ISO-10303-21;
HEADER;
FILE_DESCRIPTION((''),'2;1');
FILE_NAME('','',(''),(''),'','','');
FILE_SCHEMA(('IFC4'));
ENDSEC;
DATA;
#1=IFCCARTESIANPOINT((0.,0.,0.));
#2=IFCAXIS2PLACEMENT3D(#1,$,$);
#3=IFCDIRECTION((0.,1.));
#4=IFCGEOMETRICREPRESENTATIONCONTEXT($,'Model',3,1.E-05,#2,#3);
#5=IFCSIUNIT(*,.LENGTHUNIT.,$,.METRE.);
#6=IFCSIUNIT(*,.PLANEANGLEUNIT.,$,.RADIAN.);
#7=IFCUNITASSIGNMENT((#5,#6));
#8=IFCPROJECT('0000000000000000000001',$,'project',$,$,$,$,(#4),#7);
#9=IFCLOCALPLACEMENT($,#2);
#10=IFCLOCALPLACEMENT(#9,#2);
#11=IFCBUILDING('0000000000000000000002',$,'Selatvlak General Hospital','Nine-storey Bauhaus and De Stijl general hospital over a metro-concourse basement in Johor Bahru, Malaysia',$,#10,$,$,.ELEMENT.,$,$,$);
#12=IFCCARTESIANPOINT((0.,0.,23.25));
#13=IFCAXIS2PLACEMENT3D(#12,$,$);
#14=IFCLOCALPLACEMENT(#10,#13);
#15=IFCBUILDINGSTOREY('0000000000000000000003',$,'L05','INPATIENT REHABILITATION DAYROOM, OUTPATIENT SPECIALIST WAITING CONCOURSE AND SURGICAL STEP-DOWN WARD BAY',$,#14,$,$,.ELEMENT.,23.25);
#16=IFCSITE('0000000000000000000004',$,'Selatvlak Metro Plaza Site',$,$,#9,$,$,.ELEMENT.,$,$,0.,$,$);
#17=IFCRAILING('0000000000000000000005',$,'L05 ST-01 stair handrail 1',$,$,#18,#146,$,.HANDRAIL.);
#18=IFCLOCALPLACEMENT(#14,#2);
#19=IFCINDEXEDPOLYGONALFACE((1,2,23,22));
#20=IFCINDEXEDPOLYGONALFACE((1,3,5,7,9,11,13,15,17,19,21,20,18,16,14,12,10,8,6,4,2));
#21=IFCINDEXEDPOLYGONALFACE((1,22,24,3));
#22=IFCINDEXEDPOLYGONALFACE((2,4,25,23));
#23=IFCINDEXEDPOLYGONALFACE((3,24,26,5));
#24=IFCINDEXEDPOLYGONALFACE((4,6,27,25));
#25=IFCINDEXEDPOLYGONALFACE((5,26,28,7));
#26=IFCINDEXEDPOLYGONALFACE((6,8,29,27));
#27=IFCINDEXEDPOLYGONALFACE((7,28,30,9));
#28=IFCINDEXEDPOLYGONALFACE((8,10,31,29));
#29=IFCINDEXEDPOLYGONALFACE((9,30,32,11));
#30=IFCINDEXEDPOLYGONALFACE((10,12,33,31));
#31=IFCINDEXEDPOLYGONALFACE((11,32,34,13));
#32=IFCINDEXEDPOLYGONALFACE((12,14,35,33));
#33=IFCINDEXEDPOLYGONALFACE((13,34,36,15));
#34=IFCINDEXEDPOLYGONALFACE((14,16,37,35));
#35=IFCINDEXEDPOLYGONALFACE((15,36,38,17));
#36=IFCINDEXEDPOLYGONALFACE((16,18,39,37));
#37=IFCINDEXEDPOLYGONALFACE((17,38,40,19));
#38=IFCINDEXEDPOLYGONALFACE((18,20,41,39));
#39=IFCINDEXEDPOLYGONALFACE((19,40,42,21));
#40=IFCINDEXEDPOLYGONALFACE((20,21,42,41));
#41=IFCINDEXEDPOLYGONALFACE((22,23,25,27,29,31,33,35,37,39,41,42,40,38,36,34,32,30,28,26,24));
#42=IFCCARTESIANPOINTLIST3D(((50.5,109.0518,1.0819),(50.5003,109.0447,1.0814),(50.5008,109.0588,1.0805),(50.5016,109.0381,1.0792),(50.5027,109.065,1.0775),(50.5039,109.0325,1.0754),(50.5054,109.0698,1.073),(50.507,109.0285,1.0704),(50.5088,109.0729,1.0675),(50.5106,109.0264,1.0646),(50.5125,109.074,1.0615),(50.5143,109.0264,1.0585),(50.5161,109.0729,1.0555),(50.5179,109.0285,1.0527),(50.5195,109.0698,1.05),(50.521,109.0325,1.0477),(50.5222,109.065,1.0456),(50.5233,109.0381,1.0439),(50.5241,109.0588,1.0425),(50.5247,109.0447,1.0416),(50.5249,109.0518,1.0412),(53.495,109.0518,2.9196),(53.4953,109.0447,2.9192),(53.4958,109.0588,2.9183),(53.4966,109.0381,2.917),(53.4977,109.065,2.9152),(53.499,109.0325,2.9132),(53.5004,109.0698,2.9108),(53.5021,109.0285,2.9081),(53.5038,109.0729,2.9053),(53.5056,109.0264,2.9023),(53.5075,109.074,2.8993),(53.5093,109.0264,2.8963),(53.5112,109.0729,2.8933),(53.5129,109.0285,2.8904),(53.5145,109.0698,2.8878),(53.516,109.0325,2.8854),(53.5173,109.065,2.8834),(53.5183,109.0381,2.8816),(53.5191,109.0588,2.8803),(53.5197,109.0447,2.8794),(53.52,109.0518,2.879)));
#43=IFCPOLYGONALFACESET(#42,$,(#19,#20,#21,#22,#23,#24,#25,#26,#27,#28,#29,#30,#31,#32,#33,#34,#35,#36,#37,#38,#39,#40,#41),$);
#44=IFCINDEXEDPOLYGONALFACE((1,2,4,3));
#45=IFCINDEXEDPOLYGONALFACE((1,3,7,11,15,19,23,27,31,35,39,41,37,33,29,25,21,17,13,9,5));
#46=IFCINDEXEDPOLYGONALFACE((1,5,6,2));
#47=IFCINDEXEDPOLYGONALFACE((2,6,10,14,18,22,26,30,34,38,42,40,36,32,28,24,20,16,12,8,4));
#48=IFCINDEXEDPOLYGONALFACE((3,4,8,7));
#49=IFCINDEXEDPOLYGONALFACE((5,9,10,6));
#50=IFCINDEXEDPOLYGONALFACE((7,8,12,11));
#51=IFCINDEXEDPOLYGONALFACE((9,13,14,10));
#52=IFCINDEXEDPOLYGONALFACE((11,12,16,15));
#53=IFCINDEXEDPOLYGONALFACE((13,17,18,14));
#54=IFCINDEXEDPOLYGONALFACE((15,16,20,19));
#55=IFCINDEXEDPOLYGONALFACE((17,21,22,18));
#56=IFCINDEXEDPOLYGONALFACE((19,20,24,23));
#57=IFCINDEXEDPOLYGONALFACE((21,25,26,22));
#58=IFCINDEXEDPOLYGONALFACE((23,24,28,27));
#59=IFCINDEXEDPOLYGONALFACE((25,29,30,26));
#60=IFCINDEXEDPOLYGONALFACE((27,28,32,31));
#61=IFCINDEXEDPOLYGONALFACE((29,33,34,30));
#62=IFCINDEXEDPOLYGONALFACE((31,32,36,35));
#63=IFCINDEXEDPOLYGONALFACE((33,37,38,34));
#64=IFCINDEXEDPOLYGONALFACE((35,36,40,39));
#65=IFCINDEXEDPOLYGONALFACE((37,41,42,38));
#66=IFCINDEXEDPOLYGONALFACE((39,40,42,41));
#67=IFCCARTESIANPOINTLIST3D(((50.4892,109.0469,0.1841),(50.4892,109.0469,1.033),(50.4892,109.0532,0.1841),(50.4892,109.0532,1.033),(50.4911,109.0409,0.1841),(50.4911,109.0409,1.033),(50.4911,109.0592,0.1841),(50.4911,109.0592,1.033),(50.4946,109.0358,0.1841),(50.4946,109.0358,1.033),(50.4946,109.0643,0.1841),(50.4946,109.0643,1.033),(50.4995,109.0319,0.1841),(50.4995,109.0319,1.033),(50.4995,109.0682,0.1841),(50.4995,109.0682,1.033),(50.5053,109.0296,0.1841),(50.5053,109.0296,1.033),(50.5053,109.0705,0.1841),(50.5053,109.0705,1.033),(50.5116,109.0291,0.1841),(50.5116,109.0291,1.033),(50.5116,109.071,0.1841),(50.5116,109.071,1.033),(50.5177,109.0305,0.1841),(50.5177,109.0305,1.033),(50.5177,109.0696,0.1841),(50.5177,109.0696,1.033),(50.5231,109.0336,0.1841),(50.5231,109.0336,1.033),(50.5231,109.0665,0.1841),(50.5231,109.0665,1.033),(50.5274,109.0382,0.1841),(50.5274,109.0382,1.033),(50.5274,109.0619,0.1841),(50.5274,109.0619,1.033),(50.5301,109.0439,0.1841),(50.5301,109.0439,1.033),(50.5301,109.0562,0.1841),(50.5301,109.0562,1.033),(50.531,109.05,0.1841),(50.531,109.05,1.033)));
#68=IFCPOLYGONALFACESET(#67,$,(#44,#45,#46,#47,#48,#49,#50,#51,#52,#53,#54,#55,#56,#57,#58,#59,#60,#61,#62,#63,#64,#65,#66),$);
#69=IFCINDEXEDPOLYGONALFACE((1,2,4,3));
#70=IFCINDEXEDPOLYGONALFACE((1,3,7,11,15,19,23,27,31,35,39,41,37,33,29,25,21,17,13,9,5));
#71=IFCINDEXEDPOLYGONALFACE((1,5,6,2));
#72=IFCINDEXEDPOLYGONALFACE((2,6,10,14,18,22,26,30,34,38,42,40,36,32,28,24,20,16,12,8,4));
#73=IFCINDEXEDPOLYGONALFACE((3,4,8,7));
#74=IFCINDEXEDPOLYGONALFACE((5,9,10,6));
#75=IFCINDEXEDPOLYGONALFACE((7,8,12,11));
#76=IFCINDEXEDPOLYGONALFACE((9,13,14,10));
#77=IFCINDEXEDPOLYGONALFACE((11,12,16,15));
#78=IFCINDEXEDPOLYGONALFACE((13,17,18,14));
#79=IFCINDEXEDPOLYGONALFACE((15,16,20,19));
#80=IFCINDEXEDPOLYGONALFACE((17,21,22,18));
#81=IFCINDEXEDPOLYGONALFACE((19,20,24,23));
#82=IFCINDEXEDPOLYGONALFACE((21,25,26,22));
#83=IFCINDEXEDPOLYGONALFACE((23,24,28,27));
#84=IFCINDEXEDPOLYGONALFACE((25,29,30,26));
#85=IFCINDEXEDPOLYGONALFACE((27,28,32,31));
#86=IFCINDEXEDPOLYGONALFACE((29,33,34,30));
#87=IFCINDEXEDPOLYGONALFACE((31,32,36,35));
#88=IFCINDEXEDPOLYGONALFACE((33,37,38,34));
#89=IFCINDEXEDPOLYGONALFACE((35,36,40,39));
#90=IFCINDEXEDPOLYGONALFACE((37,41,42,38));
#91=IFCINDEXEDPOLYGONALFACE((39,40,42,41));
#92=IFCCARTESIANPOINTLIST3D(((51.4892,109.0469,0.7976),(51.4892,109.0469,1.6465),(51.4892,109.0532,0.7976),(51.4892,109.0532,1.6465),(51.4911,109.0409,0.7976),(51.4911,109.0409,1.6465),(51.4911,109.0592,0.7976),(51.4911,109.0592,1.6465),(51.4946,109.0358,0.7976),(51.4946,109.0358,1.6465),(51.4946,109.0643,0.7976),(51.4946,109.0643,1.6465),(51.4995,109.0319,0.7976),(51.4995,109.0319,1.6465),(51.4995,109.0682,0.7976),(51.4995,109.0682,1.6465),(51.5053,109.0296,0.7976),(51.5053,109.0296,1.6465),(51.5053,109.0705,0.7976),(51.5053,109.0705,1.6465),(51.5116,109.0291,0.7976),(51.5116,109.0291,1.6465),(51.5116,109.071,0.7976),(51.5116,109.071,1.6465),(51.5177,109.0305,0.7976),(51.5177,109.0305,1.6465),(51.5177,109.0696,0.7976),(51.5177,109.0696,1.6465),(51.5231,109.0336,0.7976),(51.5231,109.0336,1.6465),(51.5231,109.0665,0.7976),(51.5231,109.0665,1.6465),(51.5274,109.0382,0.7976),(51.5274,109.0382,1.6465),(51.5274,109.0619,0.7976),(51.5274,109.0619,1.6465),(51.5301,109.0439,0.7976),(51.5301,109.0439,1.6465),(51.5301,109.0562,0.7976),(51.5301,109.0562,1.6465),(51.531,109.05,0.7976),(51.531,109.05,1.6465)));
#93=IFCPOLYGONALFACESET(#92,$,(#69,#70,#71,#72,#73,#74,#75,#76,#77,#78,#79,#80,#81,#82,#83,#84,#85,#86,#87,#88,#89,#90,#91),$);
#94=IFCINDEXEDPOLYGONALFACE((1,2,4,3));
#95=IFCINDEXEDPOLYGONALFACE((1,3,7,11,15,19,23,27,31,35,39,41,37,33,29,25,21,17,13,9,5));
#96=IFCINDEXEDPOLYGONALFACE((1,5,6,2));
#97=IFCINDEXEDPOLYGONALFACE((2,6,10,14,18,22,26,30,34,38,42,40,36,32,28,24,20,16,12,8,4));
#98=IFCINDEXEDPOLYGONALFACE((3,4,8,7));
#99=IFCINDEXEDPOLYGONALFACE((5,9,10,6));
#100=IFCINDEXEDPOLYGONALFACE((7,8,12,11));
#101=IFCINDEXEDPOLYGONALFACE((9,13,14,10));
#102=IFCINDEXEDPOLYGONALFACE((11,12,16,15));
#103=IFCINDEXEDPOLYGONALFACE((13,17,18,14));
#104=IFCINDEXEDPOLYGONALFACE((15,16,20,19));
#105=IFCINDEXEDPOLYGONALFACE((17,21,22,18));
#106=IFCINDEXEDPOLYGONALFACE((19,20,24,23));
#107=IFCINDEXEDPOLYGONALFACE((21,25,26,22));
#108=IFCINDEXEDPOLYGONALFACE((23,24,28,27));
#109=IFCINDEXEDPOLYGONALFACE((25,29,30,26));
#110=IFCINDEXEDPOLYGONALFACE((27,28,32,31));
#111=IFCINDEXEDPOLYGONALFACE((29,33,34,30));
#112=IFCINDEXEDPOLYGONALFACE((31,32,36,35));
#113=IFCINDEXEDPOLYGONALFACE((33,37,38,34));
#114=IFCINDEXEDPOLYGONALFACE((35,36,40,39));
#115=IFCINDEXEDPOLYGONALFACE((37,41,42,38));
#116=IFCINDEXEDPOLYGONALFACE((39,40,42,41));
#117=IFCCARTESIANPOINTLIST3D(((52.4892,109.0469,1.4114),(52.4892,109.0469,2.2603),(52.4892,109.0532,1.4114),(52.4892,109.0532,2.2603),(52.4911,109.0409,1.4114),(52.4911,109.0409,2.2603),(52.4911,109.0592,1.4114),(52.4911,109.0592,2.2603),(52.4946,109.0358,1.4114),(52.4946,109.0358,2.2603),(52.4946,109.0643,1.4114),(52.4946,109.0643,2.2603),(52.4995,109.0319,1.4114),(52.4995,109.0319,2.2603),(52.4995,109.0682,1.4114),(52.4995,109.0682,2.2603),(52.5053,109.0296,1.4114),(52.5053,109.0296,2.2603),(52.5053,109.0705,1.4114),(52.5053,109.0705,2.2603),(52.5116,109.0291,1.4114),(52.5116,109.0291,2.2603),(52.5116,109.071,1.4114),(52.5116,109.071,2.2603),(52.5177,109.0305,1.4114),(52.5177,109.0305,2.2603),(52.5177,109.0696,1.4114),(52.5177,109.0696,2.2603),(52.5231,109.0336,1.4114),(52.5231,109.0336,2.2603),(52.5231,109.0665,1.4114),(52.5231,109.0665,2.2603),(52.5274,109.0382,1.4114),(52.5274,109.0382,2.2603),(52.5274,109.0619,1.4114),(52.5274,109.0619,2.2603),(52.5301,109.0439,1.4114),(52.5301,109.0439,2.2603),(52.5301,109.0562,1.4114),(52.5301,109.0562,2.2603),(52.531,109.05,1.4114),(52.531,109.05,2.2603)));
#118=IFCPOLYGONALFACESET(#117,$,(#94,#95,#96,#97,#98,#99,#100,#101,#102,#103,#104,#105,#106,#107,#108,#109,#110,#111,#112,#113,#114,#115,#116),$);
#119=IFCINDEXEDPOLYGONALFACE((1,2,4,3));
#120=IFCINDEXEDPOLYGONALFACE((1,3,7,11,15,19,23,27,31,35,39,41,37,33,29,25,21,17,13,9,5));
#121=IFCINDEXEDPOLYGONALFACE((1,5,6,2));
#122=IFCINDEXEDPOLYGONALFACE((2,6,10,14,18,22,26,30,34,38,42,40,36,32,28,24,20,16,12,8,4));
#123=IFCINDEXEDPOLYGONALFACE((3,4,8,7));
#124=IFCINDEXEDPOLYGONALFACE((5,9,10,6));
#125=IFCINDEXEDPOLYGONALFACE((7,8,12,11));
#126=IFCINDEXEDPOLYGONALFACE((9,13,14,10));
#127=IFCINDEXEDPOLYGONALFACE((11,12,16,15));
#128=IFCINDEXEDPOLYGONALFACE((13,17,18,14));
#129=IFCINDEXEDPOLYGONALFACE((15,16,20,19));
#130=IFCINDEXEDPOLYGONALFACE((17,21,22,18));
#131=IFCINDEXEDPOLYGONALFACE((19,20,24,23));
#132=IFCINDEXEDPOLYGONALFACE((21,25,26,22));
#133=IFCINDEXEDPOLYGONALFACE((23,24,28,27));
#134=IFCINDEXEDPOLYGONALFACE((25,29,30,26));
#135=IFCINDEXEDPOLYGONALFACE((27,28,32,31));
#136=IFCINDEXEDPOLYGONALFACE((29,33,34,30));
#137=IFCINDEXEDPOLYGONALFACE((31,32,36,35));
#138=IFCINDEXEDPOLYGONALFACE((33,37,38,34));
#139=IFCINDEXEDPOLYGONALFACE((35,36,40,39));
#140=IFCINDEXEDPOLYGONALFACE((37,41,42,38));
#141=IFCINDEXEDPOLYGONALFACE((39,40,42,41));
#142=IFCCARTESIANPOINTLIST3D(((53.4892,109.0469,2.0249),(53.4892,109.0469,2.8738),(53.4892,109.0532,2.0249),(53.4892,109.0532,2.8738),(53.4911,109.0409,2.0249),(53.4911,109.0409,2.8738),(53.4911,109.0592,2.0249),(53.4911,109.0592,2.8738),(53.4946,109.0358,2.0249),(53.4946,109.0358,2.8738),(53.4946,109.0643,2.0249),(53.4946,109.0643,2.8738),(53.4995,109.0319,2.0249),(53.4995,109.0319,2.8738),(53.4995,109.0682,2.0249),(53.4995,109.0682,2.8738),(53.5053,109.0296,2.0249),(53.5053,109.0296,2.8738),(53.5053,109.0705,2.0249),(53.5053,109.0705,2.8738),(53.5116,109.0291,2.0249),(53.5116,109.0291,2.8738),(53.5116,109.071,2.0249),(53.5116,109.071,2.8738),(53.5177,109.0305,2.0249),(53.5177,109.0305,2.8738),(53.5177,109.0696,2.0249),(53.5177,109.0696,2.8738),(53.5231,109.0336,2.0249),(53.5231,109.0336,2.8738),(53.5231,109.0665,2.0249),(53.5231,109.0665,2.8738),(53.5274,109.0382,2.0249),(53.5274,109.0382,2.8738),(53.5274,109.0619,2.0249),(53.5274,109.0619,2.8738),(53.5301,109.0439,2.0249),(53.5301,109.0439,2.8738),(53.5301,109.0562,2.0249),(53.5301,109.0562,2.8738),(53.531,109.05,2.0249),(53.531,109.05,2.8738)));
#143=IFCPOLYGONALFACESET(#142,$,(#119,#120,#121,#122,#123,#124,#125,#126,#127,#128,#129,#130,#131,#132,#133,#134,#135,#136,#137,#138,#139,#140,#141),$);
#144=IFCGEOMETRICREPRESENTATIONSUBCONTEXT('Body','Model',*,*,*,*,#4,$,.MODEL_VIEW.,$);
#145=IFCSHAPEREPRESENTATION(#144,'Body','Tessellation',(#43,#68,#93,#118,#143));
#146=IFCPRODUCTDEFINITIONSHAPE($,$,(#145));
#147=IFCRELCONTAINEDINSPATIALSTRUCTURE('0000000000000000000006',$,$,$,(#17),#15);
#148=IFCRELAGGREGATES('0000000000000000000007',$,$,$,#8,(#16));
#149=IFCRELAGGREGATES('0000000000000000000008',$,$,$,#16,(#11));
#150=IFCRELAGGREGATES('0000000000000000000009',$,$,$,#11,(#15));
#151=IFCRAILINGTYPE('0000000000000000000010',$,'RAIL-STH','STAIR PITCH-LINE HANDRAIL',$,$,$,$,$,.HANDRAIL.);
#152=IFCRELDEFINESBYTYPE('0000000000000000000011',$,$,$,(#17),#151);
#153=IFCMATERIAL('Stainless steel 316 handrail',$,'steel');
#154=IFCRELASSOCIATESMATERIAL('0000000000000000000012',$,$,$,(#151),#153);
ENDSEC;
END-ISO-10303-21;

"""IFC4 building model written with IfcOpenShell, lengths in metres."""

from ifc_helpers import new_model, si_unit, direction, frame, origin, origin_2d, place, context, subcontext, project, spatial, circle, extrude, material, type_object, element, save


model = new_model("IFC4")

# Units and contexts
model_context = context("Model", 3, precision=1e-05, world=origin(), true_north=direction((0.0, 1.0)))
body_context = subcontext(model_context, "Body", "Model", "MODEL_VIEW")
ifc_project = project(units=[si_unit("LENGTHUNIT", "METRE"), si_unit("PLANEANGLEUNIT", "RADIAN")], contexts=[model_context])

# Site, building, storey
site_placement = place(None, origin())
site = spatial("IfcSite", under=ifc_project, at=site_placement, Name="Selatvlak Metro Plaza Site", CompositionType="ELEMENT", RefElevation=0.0)
building_placement = place(site_placement, origin())
building = spatial("IfcBuilding", under=site, at=building_placement, Name="Selatvlak General Hospital", Description="Nine-storey Bauhaus and De Stijl general hospital over a metro-concourse basement in Johor Bahru, Malaysia", CompositionType="ELEMENT")
storey_placement = place(building_placement, frame((0.0, 0.0, 23.25)))
storey = spatial("IfcBuildingStorey", under=building, at=storey_placement, Name="L05", Description="INPATIENT REHABILITATION DAYROOM, OUTPATIENT SPECIALIST WAITING CONCOURSE AND SURGICAL STEP-DOWN WARD BAY", CompositionType="ELEMENT", Elevation=23.25)

# Railing
ifc_material_1 = material(Name="Stainless steel 316 handrail", Category="steel")
railing_type_1 = type_object("IfcRailingType", Name="RAIL-STH", Description="STAIR PITCH-LINE HANDRAIL", PredefinedType="HANDRAIL", material=ifc_material_1)
railing_1_placement = place(storey_placement, frame((50.51, 109.05, 0.1841)))
element("IfcRailing", 1, at=railing_1_placement, inside=storey, type_object=railing_type_1, Name="L05 ST-01 stair handrail 1", PredefinedType="HANDRAIL", context=body_context, shape_type="SweptSolid", body=[
    extrude(circle(Radius=0.0239, at=origin_2d()), frame((0.0024, 0.0, 0.8774), z_axis=(0.852334, 0.0, 0.522998), x_axis=(0.0, 1.0, 0.0)), (0.0, 0.0, 1.0), 3.5139),
    extrude(circle(Radius=0.021, at=origin_2d()), origin(), (0.0, 0.0, 1.0), 0.8489),
    extrude(circle(Radius=0.021, at=origin_2d()), frame((1.0, 0.0, 0.6135)), (0.0, 0.0, 1.0), 0.8489),
    extrude(circle(Radius=0.021, at=origin_2d()), frame((2.0, 0.0, 1.2273)), (0.0, 0.0, 1.0), 0.8489),
    extrude(circle(Radius=0.021, at=origin_2d()), frame((3.0, 0.0, 1.8408)), (0.0, 0.0, 1.0), 0.8489),
])

save(model, "model.ifc")
